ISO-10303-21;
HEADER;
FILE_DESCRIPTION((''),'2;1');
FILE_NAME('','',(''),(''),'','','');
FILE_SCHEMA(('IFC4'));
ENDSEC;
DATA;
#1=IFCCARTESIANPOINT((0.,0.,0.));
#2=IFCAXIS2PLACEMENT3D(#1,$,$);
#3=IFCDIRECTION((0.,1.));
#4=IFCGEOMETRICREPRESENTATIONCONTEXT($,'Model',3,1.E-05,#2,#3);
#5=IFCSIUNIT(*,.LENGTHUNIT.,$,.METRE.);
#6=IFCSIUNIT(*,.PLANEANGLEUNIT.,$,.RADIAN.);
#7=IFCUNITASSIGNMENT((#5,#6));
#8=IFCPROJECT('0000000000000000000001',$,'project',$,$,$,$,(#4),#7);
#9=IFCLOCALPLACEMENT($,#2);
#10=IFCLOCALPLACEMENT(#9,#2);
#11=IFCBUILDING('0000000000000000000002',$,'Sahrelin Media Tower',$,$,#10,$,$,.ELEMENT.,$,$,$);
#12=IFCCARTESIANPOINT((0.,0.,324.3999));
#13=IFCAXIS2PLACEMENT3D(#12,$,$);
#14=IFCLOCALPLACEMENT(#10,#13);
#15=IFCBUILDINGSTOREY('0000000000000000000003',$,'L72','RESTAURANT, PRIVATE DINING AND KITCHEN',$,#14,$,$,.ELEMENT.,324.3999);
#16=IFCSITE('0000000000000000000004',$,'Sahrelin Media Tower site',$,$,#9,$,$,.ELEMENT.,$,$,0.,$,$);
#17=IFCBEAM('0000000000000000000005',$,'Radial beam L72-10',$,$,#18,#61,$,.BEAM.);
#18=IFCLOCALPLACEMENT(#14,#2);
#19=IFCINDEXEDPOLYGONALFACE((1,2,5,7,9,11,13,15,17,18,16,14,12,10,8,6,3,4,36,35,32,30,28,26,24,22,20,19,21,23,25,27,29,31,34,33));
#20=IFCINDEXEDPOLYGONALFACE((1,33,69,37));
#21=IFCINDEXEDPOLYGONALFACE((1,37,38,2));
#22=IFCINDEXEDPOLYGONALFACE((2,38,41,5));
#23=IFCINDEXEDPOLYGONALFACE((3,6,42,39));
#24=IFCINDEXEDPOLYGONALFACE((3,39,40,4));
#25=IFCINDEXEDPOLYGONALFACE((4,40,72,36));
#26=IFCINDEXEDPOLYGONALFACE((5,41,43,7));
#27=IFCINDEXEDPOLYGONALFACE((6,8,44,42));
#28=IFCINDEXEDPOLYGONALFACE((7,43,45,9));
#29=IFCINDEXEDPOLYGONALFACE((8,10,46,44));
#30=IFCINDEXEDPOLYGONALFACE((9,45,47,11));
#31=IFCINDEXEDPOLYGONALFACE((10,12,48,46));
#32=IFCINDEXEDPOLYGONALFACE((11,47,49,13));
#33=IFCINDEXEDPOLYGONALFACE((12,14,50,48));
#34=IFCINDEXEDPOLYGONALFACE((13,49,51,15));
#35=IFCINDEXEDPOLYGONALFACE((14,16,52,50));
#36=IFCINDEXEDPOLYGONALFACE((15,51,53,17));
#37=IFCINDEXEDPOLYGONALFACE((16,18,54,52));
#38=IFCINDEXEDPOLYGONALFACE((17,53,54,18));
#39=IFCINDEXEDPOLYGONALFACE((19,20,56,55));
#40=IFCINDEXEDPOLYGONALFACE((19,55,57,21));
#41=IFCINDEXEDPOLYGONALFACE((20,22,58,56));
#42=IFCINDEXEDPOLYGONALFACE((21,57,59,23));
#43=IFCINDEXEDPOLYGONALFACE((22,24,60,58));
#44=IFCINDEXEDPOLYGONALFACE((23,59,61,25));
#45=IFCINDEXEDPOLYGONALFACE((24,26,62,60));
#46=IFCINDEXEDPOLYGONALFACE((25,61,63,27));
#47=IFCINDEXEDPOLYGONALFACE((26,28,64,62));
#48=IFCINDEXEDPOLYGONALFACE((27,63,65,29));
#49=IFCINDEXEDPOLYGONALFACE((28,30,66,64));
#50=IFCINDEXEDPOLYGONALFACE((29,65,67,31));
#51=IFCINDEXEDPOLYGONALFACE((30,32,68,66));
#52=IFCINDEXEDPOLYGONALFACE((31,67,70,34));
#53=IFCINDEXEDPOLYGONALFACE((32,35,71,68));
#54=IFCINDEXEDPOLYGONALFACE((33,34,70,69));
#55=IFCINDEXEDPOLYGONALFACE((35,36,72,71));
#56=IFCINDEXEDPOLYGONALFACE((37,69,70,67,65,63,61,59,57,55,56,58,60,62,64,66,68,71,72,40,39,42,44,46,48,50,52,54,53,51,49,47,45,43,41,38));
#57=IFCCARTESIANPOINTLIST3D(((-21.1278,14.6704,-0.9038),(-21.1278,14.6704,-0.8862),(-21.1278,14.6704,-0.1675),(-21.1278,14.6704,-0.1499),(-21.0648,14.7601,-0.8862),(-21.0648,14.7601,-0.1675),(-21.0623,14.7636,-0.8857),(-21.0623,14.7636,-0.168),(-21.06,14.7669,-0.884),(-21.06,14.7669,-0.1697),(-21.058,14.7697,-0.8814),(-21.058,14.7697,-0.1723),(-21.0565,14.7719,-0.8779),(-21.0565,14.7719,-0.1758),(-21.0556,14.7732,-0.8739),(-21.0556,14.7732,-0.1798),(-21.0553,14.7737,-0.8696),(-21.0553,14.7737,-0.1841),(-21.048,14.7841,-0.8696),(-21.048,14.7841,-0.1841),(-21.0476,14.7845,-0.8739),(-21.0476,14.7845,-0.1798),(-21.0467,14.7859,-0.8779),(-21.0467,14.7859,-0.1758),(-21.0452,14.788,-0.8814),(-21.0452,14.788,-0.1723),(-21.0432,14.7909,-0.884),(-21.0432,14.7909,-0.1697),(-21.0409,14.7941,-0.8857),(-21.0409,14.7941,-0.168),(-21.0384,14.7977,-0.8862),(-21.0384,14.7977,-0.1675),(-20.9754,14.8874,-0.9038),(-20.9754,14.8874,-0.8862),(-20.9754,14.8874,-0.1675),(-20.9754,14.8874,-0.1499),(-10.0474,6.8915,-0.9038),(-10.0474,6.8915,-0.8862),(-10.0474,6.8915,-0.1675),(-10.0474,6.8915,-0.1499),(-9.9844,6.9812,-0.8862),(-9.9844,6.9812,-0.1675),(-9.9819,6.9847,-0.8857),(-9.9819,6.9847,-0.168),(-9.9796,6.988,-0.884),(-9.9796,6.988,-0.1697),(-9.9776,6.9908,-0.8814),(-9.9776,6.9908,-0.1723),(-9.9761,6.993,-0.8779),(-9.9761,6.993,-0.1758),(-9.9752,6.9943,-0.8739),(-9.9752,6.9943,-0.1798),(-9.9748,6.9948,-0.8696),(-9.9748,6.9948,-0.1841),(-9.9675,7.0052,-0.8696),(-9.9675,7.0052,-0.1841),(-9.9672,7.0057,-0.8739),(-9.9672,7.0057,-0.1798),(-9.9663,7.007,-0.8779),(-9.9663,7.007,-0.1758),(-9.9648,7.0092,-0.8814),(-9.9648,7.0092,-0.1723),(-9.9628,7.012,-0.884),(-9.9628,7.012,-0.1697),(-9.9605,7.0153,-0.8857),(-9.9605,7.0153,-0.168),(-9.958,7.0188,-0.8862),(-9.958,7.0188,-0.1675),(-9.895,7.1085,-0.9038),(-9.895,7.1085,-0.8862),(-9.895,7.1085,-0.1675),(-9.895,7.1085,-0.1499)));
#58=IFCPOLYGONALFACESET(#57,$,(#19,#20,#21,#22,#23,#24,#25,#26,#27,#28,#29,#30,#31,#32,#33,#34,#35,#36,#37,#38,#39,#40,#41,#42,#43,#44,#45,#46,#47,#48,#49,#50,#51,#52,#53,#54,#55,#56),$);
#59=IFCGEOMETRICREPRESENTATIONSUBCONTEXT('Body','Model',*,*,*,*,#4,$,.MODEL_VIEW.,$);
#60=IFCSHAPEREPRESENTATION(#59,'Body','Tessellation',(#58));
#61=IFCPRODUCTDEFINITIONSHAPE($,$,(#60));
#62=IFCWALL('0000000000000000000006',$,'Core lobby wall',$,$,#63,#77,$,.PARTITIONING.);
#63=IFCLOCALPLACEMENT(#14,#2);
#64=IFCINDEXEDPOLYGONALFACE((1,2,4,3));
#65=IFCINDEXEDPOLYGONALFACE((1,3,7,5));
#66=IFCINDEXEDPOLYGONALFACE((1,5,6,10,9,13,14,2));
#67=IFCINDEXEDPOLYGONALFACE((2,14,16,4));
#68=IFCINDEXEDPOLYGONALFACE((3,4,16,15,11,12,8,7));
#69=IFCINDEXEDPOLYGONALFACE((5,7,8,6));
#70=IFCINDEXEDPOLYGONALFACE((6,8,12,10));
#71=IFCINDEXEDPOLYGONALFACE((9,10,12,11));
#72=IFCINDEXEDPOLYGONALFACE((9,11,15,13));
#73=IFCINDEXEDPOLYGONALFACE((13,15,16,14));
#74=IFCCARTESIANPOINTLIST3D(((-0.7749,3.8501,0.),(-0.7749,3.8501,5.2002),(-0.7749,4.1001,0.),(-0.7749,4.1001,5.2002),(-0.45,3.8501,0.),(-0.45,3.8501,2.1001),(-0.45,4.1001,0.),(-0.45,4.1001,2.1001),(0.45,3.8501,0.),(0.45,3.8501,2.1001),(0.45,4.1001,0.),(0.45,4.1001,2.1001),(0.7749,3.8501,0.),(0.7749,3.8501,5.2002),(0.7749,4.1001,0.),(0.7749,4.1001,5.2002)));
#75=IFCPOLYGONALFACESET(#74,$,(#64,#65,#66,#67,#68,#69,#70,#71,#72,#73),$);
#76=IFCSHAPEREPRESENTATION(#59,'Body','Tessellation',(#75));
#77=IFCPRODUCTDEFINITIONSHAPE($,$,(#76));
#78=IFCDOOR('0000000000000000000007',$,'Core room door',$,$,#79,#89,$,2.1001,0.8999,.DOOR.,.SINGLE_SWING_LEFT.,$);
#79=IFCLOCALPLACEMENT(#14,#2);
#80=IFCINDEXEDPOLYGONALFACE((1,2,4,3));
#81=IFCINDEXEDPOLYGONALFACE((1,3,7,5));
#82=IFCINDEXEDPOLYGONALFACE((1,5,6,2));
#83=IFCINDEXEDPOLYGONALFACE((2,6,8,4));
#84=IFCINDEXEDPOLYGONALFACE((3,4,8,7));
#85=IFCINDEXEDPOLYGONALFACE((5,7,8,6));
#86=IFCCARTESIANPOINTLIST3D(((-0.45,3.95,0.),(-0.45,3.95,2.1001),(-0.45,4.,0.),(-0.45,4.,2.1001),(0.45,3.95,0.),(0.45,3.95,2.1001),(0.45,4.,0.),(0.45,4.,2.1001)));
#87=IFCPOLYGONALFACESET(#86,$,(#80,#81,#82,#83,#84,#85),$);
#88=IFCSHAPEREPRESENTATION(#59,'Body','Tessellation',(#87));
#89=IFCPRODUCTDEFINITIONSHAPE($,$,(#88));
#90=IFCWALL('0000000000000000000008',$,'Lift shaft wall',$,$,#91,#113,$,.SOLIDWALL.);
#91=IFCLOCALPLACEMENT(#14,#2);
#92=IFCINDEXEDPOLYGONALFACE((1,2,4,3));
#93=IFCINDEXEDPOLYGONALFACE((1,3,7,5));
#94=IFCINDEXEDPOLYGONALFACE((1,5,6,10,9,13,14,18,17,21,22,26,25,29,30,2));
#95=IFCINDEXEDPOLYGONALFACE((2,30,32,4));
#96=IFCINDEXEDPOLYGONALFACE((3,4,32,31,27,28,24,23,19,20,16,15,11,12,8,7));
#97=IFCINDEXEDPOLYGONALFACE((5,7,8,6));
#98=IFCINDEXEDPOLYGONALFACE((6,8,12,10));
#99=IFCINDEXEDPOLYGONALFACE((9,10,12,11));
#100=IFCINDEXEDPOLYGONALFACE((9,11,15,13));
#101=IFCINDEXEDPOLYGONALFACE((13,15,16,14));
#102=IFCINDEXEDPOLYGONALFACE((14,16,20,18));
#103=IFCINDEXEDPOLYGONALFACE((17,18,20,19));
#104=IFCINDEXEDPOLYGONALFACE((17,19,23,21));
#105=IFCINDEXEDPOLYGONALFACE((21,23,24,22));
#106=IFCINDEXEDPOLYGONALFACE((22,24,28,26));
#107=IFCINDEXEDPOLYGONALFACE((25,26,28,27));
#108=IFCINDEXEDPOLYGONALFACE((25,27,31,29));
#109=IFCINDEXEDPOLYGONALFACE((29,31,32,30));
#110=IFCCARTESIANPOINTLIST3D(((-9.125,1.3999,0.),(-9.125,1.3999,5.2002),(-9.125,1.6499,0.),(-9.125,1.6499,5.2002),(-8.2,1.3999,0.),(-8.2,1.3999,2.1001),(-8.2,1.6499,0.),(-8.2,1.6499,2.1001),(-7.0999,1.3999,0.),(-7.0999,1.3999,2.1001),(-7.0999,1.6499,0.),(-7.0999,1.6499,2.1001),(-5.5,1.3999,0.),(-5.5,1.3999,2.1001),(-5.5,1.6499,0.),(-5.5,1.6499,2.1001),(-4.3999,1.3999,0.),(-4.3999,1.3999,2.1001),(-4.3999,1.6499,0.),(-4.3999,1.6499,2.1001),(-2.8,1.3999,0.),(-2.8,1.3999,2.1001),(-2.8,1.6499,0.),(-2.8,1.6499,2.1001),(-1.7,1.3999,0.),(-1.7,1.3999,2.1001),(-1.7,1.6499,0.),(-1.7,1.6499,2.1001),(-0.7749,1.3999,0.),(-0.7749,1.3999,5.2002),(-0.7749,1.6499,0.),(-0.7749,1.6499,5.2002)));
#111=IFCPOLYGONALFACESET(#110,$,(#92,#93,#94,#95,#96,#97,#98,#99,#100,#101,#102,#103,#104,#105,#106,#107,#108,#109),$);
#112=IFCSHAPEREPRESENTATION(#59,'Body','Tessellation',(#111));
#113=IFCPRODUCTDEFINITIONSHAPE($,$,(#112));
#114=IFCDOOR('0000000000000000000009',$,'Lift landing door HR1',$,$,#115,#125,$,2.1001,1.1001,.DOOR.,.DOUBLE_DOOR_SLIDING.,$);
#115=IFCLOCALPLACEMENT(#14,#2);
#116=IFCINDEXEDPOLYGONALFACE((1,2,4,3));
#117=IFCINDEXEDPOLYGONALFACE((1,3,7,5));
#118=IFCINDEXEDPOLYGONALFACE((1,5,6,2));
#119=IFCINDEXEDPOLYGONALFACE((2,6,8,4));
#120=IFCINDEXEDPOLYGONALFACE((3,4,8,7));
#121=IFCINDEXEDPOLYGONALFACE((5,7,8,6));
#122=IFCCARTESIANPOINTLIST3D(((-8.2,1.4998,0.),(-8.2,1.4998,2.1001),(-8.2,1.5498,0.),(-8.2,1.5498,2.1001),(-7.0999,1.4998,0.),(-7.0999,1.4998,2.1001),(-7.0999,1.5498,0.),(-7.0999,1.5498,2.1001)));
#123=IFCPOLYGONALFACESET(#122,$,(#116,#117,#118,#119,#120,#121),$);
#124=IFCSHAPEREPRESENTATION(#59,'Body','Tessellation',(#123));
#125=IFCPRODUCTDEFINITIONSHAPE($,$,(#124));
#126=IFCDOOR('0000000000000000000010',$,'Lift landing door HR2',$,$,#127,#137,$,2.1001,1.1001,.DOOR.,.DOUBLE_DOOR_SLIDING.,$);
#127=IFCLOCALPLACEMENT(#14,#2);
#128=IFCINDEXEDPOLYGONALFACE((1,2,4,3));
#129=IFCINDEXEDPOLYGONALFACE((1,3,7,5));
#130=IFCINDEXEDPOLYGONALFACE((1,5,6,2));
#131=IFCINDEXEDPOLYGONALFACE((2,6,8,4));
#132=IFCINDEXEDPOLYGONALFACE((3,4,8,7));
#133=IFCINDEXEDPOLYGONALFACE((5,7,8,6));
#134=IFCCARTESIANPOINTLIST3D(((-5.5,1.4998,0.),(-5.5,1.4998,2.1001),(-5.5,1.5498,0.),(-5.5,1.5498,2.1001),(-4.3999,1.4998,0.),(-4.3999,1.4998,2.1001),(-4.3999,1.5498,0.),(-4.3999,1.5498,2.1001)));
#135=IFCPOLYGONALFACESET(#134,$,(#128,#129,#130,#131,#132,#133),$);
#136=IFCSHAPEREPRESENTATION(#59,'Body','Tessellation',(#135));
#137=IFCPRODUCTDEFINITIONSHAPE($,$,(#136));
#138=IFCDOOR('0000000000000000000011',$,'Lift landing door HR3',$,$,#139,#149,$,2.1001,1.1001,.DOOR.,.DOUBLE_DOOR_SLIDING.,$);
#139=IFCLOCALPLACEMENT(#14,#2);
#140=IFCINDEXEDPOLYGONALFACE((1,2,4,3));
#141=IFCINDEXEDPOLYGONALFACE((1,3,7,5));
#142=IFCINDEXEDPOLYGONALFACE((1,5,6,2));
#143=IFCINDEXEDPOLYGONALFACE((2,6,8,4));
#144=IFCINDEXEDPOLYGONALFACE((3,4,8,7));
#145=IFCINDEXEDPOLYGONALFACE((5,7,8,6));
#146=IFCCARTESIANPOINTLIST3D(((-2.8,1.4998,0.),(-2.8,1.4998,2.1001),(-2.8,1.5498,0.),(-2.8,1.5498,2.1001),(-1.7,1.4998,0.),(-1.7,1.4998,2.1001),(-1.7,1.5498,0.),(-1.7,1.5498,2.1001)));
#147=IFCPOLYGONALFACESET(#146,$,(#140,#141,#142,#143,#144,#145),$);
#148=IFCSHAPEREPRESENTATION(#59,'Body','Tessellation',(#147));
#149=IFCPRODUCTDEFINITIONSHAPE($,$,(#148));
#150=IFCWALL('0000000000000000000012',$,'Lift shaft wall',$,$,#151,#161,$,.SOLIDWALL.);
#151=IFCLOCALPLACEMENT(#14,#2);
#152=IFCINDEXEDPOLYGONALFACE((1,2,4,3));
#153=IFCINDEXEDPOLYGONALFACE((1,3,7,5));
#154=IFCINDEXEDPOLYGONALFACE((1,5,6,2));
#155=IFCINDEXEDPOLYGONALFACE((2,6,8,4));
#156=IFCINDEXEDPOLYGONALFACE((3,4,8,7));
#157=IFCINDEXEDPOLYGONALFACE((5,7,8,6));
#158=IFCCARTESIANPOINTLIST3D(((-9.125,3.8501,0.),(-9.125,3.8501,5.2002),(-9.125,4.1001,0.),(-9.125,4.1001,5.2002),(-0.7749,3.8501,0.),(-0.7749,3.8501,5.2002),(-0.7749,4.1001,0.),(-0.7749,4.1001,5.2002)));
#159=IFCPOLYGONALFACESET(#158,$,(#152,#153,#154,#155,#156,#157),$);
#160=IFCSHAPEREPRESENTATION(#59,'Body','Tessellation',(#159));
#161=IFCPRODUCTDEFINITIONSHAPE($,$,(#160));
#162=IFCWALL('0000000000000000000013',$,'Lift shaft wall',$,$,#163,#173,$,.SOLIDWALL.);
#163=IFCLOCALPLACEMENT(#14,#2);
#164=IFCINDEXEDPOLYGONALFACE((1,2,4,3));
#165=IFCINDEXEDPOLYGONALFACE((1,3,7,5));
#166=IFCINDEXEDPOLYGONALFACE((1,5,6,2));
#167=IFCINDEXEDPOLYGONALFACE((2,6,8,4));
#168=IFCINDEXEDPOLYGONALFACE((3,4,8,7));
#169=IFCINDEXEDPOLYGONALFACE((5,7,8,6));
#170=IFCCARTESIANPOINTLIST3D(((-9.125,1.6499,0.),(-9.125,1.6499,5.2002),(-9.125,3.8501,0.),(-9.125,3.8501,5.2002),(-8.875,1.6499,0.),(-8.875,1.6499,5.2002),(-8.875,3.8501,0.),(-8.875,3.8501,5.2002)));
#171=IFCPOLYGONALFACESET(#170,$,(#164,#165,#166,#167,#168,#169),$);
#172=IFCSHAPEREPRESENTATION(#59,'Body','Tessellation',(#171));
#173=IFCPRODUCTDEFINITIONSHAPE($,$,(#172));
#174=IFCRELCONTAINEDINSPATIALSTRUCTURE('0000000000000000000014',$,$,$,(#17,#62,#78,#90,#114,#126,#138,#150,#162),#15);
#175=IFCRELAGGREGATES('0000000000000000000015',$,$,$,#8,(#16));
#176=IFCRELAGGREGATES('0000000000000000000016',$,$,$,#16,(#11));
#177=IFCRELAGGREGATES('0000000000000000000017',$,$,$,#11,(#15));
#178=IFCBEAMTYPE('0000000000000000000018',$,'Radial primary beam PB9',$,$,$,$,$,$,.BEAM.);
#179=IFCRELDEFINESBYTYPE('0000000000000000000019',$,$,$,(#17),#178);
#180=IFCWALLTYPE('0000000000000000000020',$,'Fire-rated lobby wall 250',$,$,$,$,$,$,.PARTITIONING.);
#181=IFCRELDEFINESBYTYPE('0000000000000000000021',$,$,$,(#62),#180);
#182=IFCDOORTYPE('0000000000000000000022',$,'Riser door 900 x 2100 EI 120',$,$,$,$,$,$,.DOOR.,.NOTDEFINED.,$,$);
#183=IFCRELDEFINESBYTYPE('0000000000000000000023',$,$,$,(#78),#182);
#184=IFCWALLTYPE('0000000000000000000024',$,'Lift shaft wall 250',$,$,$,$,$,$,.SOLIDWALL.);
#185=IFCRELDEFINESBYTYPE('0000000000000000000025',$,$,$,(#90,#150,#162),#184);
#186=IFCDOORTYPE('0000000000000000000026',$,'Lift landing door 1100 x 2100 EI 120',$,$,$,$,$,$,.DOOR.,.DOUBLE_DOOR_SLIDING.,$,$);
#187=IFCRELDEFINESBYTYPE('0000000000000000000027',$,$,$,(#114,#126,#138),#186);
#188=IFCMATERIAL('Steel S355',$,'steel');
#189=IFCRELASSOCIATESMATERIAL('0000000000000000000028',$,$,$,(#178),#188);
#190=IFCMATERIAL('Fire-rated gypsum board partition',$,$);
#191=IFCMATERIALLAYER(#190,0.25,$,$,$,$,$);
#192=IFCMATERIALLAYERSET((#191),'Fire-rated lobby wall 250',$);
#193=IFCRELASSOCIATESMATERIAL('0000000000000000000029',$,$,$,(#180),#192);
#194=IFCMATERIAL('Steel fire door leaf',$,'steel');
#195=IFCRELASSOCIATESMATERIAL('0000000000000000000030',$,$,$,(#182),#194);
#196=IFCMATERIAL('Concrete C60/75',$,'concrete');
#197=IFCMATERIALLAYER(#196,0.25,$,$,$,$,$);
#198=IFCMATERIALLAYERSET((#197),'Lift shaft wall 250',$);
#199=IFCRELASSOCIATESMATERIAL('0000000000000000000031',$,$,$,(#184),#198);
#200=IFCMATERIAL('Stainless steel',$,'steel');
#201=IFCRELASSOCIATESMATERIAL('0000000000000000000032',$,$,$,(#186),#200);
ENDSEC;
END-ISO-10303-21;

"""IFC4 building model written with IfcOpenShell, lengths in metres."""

from ifc_helpers import new_model, si_unit, direction, frame, frame_2d, origin, origin_2d, place, context, subcontext, project, spatial, rectangle, i_section, extrude, material, layer, layer_set, material_profile, profile_set, type_object, element, fill, save


model = new_model("IFC4")

# Units and contexts
model_context = context("Model", 3, precision=1e-05, world=origin(), true_north=direction((0.0, 1.0)))
body_context = subcontext(model_context, "Body", "Model", "MODEL_VIEW")
ifc_project = project(units=[si_unit("LENGTHUNIT", "METRE"), si_unit("PLANEANGLEUNIT", "RADIAN")], contexts=[model_context])

# Site, building, storey
site_placement = place(None, origin())
site = spatial("IfcSite", under=ifc_project, at=site_placement, Name="Sahrelin Media Tower site", CompositionType="ELEMENT", RefElevation=0.0)
building_placement = place(site_placement, origin())
building = spatial("IfcBuilding", under=site, at=building_placement, Name="Sahrelin Media Tower", CompositionType="ELEMENT")
storey_placement = place(building_placement, frame((0.0, 0.0, 324.3999)))
storey = spatial("IfcBuildingStorey", under=building, at=storey_placement, Name="L72", Description="RESTAURANT, PRIVATE DINING AND KITCHEN", CompositionType="ELEMENT", Elevation=324.3999)

# Beam
ifc_material_1 = material(Name="Steel S355", Category="steel")
ifc_material_profile = material_profile(ifc_material_1, i_section(OverallWidth=0.2651, OverallDepth=0.7539, WebThickness=0.0127, FlangeThickness=0.0176, FilletRadius=0.0166, at=origin_2d()), Name="UB 762x267x147")
ifc_profile_set = profile_set([ifc_material_profile], Name="Steel S355")
beam_type = type_object("IfcBeamType", Name="Radial primary beam PB9", PredefinedType="BEAM", material=ifc_profile_set)
beam_placement = place(storey_placement, frame((-9.9712, 7.0, -0.5269), z_axis=(-0.818447, 0.574581, 0.0), x_axis=(-0.574581, -0.818447, 0.0)))
element("IfcBeam", 1, at=beam_placement, inside=storey, type_object=beam_type, Name="Radial beam L72-10", PredefinedType="BEAM", context=body_context, shape_type="SweptSolid", body=[
    extrude(i_section(OverallWidth=0.2651, OverallDepth=0.7539, WebThickness=0.0127, FlangeThickness=0.0176, FilletRadius=0.0166, at=origin_2d()), origin(), (0.0, 0.0, 1.0), 13.5383),
])

# Wall, opening, door
ifc_material_2 = material(Name="Fire-rated gypsum board partition")
ifc_layer_1 = layer(ifc_material_2, 0.25)
ifc_layer_set_1 = layer_set([ifc_layer_1], Name="Fire-rated lobby wall 250")
wall_type_1 = type_object("IfcWallType", Name="Fire-rated lobby wall 250", PredefinedType="PARTITIONING", material=ifc_layer_set_1)
wall_1_placement = place(storey_placement, frame((-0.7749, 3.9751, 0.0), z_axis=(0.0, 0.0, 1.0), x_axis=(1.0, 0.0, 0.0)))
wall_1 = element("IfcWall", 2, at=wall_1_placement, inside=storey, type_object=wall_type_1, Name="Core lobby wall", PredefinedType="PARTITIONING", context=body_context, shape_type="SweptSolid", body=[
    extrude(rectangle(XDim=1.5498, YDim=0.25, at=frame_2d((0.7749, 0.0))), origin(), (0.0, 0.0, 1.0), 5.2002),
])
opening_1_placement = place(wall_1_placement, frame((0.325, 0.0, 0.0)))
opening_1 = element("IfcOpeningElement", 3, at=opening_1_placement, cuts=wall_1, PredefinedType="OPENING", context=body_context, shape_type="SweptSolid", body=[
    extrude(rectangle(XDim=0.8999, YDim=2.1001, at=frame_2d((0.45, 1.05))), frame((0.0, 0.125, 0.0), z_axis=(0.0, -1.0, 0.0), x_axis=(1.0, 0.0, 0.0)), (0.0, 0.0, 1.0), 0.25),
])
ifc_material_3 = material(Name="Steel fire door leaf", Category="steel")
door_type_1 = type_object("IfcDoorType", Name="Riser door 900 x 2100 EI 120", OperationType="NOTDEFINED", PredefinedType="DOOR", material=ifc_material_3)
door_1_placement = place(opening_1_placement, origin())
door_1 = element("IfcDoor", 4, at=door_1_placement, inside=storey, type_object=door_type_1, Name="Core room door", OperationType="SINGLE_SWING_LEFT", OverallHeight=2.1001, OverallWidth=0.8999, PredefinedType="DOOR", context=body_context, shape_type="SweptSolid", body=[
    extrude(rectangle(XDim=0.8999, YDim=2.1001, at=frame_2d((0.45, 1.05))), frame((0.0, 0.0249, 0.0), z_axis=(0.0, -1.0, 0.0), x_axis=(1.0, 0.0, 0.0)), (0.0, 0.0, 1.0), 0.05),
])
fill(opening_1, door_1)

# Wall, openings, doors
ifc_material_4 = material(Name="Concrete C60/75", Category="concrete")
ifc_layer_2 = layer(ifc_material_4, 0.25)
ifc_layer_set_2 = layer_set([ifc_layer_2], Name="Lift shaft wall 250")
wall_type_2 = type_object("IfcWallType", Name="Lift shaft wall 250", PredefinedType="SOLIDWALL", material=ifc_layer_set_2)
wall_2_placement = place(storey_placement, frame((-9.125, 1.5249, 0.0), z_axis=(0.0, 0.0, 1.0), x_axis=(1.0, 0.0, 0.0)))
wall_2 = element("IfcWall", 5, at=wall_2_placement, inside=storey, type_object=wall_type_2, Name="Lift shaft wall", PredefinedType="SOLIDWALL", context=body_context, shape_type="SweptSolid", body=[
    extrude(rectangle(XDim=8.3501, YDim=0.25, at=frame_2d((4.175, 0.0))), origin(), (0.0, 0.0, 1.0), 5.2002),
])
opening_2_placement = place(wall_2_placement, frame((0.925, 0.0, 0.0)))
opening_2 = element("IfcOpeningElement", 6, at=opening_2_placement, cuts=wall_2, PredefinedType="OPENING", context=body_context, shape_type="SweptSolid", body=[
    extrude(rectangle(XDim=1.1001, YDim=2.1001, at=frame_2d((0.55, 1.05))), frame((0.0, 0.125, 0.0), z_axis=(0.0, -1.0, 0.0), x_axis=(1.0, 0.0, 0.0)), (0.0, 0.0, 1.0), 0.25),
])
opening_3_placement = place(wall_2_placement, frame((3.625, 0.0, 0.0)))
opening_3 = element("IfcOpeningElement", 7, at=opening_3_placement, cuts=wall_2, PredefinedType="OPENING", context=body_context, shape_type="SweptSolid", body=[
    extrude(rectangle(XDim=1.1001, YDim=2.1001, at=frame_2d((0.55, 1.05))), frame((0.0, 0.125, 0.0), z_axis=(0.0, -1.0, 0.0), x_axis=(1.0, 0.0, 0.0)), (0.0, 0.0, 1.0), 0.25),
])
opening_4_placement = place(wall_2_placement, frame((6.325, 0.0, 0.0)))
opening_4 = element("IfcOpeningElement", 8, at=opening_4_placement, cuts=wall_2, PredefinedType="OPENING", context=body_context, shape_type="SweptSolid", body=[
    extrude(rectangle(XDim=1.1001, YDim=2.1001, at=frame_2d((0.55, 1.05))), frame((0.0, 0.125, 0.0), z_axis=(0.0, -1.0, 0.0), x_axis=(1.0, 0.0, 0.0)), (0.0, 0.0, 1.0), 0.25),
])
ifc_material_5 = material(Name="Stainless steel", Category="steel")
door_type_2 = type_object("IfcDoorType", Name="Lift landing door 1100 x 2100 EI 120", OperationType="DOUBLE_DOOR_SLIDING", PredefinedType="DOOR", material=ifc_material_5)
door_2_placement = place(opening_2_placement, origin())
door_2 = element("IfcDoor", 9, at=door_2_placement, inside=storey, type_object=door_type_2, Name="Lift landing door HR1", OperationType="DOUBLE_DOOR_SLIDING", OverallHeight=2.1001, OverallWidth=1.1001, PredefinedType="DOOR", context=body_context, shape_type="SweptSolid", body=[
    extrude(rectangle(XDim=1.1001, YDim=2.1001, at=frame_2d((0.55, 1.05))), frame((0.0, 0.0249, 0.0), z_axis=(0.0, -1.0, 0.0), x_axis=(1.0, 0.0, 0.0)), (0.0, 0.0, 1.0), 0.05),
])
fill(opening_2, door_2)
door_3_placement = place(opening_3_placement, origin())
door_3 = element("IfcDoor", 10, at=door_3_placement, inside=storey, type_object=door_type_2, Name="Lift landing door HR2", OperationType="DOUBLE_DOOR_SLIDING", OverallHeight=2.1001, OverallWidth=1.1001, PredefinedType="DOOR", context=body_context, shape_type="SweptSolid", body=[
    extrude(rectangle(XDim=1.1001, YDim=2.1001, at=frame_2d((0.55, 1.05))), frame((0.0, 0.0249, 0.0), z_axis=(0.0, -1.0, 0.0), x_axis=(1.0, 0.0, 0.0)), (0.0, 0.0, 1.0), 0.05),
])
fill(opening_3, door_3)
door_4_placement = place(opening_4_placement, origin())
door_4 = element("IfcDoor", 11, at=door_4_placement, inside=storey, type_object=door_type_2, Name="Lift landing door HR3", OperationType="DOUBLE_DOOR_SLIDING", OverallHeight=2.1001, OverallWidth=1.1001, PredefinedType="DOOR", context=body_context, shape_type="SweptSolid", body=[
    extrude(rectangle(XDim=1.1001, YDim=2.1001, at=frame_2d((0.55, 1.05))), frame((0.0, 0.0249, 0.0), z_axis=(0.0, -1.0, 0.0), x_axis=(1.0, 0.0, 0.0)), (0.0, 0.0, 1.0), 0.05),
])
fill(opening_4, door_4)

# Walls
wall_3_placement = place(storey_placement, frame((-9.125, 3.9751, 0.0), z_axis=(0.0, 0.0, 1.0), x_axis=(1.0, 0.0, 0.0)))
element("IfcWall", 12, at=wall_3_placement, inside=storey, type_object=wall_type_2, Name="Lift shaft wall", PredefinedType="SOLIDWALL", context=body_context, shape_type="SweptSolid", body=[
    extrude(rectangle(XDim=8.3501, YDim=0.25, at=frame_2d((4.175, 0.0))), origin(), (0.0, 0.0, 1.0), 5.2002),
])
for number, where, z_axis, x_axis, name in (
    (13, (-9.0, 1.6499, 0.0), (0.0, 0.0, 1.0), (0.0, 1.0, 0.0), "Lift shaft wall"),
):
    element("IfcWall", number, at=place(storey_placement, frame(where, z_axis=z_axis, x_axis=x_axis)), inside=storey, type_object=wall_type_2, Name=name, PredefinedType="SOLIDWALL", context=body_context, shape_type="SweptSolid", body=[
        extrude(rectangle(XDim=2.2002, YDim=0.25, at=frame_2d((1.1001, 0.0))), origin(), (0.0, 0.0, 1.0), 5.2002),
    ])

save(model, "model.ifc")
